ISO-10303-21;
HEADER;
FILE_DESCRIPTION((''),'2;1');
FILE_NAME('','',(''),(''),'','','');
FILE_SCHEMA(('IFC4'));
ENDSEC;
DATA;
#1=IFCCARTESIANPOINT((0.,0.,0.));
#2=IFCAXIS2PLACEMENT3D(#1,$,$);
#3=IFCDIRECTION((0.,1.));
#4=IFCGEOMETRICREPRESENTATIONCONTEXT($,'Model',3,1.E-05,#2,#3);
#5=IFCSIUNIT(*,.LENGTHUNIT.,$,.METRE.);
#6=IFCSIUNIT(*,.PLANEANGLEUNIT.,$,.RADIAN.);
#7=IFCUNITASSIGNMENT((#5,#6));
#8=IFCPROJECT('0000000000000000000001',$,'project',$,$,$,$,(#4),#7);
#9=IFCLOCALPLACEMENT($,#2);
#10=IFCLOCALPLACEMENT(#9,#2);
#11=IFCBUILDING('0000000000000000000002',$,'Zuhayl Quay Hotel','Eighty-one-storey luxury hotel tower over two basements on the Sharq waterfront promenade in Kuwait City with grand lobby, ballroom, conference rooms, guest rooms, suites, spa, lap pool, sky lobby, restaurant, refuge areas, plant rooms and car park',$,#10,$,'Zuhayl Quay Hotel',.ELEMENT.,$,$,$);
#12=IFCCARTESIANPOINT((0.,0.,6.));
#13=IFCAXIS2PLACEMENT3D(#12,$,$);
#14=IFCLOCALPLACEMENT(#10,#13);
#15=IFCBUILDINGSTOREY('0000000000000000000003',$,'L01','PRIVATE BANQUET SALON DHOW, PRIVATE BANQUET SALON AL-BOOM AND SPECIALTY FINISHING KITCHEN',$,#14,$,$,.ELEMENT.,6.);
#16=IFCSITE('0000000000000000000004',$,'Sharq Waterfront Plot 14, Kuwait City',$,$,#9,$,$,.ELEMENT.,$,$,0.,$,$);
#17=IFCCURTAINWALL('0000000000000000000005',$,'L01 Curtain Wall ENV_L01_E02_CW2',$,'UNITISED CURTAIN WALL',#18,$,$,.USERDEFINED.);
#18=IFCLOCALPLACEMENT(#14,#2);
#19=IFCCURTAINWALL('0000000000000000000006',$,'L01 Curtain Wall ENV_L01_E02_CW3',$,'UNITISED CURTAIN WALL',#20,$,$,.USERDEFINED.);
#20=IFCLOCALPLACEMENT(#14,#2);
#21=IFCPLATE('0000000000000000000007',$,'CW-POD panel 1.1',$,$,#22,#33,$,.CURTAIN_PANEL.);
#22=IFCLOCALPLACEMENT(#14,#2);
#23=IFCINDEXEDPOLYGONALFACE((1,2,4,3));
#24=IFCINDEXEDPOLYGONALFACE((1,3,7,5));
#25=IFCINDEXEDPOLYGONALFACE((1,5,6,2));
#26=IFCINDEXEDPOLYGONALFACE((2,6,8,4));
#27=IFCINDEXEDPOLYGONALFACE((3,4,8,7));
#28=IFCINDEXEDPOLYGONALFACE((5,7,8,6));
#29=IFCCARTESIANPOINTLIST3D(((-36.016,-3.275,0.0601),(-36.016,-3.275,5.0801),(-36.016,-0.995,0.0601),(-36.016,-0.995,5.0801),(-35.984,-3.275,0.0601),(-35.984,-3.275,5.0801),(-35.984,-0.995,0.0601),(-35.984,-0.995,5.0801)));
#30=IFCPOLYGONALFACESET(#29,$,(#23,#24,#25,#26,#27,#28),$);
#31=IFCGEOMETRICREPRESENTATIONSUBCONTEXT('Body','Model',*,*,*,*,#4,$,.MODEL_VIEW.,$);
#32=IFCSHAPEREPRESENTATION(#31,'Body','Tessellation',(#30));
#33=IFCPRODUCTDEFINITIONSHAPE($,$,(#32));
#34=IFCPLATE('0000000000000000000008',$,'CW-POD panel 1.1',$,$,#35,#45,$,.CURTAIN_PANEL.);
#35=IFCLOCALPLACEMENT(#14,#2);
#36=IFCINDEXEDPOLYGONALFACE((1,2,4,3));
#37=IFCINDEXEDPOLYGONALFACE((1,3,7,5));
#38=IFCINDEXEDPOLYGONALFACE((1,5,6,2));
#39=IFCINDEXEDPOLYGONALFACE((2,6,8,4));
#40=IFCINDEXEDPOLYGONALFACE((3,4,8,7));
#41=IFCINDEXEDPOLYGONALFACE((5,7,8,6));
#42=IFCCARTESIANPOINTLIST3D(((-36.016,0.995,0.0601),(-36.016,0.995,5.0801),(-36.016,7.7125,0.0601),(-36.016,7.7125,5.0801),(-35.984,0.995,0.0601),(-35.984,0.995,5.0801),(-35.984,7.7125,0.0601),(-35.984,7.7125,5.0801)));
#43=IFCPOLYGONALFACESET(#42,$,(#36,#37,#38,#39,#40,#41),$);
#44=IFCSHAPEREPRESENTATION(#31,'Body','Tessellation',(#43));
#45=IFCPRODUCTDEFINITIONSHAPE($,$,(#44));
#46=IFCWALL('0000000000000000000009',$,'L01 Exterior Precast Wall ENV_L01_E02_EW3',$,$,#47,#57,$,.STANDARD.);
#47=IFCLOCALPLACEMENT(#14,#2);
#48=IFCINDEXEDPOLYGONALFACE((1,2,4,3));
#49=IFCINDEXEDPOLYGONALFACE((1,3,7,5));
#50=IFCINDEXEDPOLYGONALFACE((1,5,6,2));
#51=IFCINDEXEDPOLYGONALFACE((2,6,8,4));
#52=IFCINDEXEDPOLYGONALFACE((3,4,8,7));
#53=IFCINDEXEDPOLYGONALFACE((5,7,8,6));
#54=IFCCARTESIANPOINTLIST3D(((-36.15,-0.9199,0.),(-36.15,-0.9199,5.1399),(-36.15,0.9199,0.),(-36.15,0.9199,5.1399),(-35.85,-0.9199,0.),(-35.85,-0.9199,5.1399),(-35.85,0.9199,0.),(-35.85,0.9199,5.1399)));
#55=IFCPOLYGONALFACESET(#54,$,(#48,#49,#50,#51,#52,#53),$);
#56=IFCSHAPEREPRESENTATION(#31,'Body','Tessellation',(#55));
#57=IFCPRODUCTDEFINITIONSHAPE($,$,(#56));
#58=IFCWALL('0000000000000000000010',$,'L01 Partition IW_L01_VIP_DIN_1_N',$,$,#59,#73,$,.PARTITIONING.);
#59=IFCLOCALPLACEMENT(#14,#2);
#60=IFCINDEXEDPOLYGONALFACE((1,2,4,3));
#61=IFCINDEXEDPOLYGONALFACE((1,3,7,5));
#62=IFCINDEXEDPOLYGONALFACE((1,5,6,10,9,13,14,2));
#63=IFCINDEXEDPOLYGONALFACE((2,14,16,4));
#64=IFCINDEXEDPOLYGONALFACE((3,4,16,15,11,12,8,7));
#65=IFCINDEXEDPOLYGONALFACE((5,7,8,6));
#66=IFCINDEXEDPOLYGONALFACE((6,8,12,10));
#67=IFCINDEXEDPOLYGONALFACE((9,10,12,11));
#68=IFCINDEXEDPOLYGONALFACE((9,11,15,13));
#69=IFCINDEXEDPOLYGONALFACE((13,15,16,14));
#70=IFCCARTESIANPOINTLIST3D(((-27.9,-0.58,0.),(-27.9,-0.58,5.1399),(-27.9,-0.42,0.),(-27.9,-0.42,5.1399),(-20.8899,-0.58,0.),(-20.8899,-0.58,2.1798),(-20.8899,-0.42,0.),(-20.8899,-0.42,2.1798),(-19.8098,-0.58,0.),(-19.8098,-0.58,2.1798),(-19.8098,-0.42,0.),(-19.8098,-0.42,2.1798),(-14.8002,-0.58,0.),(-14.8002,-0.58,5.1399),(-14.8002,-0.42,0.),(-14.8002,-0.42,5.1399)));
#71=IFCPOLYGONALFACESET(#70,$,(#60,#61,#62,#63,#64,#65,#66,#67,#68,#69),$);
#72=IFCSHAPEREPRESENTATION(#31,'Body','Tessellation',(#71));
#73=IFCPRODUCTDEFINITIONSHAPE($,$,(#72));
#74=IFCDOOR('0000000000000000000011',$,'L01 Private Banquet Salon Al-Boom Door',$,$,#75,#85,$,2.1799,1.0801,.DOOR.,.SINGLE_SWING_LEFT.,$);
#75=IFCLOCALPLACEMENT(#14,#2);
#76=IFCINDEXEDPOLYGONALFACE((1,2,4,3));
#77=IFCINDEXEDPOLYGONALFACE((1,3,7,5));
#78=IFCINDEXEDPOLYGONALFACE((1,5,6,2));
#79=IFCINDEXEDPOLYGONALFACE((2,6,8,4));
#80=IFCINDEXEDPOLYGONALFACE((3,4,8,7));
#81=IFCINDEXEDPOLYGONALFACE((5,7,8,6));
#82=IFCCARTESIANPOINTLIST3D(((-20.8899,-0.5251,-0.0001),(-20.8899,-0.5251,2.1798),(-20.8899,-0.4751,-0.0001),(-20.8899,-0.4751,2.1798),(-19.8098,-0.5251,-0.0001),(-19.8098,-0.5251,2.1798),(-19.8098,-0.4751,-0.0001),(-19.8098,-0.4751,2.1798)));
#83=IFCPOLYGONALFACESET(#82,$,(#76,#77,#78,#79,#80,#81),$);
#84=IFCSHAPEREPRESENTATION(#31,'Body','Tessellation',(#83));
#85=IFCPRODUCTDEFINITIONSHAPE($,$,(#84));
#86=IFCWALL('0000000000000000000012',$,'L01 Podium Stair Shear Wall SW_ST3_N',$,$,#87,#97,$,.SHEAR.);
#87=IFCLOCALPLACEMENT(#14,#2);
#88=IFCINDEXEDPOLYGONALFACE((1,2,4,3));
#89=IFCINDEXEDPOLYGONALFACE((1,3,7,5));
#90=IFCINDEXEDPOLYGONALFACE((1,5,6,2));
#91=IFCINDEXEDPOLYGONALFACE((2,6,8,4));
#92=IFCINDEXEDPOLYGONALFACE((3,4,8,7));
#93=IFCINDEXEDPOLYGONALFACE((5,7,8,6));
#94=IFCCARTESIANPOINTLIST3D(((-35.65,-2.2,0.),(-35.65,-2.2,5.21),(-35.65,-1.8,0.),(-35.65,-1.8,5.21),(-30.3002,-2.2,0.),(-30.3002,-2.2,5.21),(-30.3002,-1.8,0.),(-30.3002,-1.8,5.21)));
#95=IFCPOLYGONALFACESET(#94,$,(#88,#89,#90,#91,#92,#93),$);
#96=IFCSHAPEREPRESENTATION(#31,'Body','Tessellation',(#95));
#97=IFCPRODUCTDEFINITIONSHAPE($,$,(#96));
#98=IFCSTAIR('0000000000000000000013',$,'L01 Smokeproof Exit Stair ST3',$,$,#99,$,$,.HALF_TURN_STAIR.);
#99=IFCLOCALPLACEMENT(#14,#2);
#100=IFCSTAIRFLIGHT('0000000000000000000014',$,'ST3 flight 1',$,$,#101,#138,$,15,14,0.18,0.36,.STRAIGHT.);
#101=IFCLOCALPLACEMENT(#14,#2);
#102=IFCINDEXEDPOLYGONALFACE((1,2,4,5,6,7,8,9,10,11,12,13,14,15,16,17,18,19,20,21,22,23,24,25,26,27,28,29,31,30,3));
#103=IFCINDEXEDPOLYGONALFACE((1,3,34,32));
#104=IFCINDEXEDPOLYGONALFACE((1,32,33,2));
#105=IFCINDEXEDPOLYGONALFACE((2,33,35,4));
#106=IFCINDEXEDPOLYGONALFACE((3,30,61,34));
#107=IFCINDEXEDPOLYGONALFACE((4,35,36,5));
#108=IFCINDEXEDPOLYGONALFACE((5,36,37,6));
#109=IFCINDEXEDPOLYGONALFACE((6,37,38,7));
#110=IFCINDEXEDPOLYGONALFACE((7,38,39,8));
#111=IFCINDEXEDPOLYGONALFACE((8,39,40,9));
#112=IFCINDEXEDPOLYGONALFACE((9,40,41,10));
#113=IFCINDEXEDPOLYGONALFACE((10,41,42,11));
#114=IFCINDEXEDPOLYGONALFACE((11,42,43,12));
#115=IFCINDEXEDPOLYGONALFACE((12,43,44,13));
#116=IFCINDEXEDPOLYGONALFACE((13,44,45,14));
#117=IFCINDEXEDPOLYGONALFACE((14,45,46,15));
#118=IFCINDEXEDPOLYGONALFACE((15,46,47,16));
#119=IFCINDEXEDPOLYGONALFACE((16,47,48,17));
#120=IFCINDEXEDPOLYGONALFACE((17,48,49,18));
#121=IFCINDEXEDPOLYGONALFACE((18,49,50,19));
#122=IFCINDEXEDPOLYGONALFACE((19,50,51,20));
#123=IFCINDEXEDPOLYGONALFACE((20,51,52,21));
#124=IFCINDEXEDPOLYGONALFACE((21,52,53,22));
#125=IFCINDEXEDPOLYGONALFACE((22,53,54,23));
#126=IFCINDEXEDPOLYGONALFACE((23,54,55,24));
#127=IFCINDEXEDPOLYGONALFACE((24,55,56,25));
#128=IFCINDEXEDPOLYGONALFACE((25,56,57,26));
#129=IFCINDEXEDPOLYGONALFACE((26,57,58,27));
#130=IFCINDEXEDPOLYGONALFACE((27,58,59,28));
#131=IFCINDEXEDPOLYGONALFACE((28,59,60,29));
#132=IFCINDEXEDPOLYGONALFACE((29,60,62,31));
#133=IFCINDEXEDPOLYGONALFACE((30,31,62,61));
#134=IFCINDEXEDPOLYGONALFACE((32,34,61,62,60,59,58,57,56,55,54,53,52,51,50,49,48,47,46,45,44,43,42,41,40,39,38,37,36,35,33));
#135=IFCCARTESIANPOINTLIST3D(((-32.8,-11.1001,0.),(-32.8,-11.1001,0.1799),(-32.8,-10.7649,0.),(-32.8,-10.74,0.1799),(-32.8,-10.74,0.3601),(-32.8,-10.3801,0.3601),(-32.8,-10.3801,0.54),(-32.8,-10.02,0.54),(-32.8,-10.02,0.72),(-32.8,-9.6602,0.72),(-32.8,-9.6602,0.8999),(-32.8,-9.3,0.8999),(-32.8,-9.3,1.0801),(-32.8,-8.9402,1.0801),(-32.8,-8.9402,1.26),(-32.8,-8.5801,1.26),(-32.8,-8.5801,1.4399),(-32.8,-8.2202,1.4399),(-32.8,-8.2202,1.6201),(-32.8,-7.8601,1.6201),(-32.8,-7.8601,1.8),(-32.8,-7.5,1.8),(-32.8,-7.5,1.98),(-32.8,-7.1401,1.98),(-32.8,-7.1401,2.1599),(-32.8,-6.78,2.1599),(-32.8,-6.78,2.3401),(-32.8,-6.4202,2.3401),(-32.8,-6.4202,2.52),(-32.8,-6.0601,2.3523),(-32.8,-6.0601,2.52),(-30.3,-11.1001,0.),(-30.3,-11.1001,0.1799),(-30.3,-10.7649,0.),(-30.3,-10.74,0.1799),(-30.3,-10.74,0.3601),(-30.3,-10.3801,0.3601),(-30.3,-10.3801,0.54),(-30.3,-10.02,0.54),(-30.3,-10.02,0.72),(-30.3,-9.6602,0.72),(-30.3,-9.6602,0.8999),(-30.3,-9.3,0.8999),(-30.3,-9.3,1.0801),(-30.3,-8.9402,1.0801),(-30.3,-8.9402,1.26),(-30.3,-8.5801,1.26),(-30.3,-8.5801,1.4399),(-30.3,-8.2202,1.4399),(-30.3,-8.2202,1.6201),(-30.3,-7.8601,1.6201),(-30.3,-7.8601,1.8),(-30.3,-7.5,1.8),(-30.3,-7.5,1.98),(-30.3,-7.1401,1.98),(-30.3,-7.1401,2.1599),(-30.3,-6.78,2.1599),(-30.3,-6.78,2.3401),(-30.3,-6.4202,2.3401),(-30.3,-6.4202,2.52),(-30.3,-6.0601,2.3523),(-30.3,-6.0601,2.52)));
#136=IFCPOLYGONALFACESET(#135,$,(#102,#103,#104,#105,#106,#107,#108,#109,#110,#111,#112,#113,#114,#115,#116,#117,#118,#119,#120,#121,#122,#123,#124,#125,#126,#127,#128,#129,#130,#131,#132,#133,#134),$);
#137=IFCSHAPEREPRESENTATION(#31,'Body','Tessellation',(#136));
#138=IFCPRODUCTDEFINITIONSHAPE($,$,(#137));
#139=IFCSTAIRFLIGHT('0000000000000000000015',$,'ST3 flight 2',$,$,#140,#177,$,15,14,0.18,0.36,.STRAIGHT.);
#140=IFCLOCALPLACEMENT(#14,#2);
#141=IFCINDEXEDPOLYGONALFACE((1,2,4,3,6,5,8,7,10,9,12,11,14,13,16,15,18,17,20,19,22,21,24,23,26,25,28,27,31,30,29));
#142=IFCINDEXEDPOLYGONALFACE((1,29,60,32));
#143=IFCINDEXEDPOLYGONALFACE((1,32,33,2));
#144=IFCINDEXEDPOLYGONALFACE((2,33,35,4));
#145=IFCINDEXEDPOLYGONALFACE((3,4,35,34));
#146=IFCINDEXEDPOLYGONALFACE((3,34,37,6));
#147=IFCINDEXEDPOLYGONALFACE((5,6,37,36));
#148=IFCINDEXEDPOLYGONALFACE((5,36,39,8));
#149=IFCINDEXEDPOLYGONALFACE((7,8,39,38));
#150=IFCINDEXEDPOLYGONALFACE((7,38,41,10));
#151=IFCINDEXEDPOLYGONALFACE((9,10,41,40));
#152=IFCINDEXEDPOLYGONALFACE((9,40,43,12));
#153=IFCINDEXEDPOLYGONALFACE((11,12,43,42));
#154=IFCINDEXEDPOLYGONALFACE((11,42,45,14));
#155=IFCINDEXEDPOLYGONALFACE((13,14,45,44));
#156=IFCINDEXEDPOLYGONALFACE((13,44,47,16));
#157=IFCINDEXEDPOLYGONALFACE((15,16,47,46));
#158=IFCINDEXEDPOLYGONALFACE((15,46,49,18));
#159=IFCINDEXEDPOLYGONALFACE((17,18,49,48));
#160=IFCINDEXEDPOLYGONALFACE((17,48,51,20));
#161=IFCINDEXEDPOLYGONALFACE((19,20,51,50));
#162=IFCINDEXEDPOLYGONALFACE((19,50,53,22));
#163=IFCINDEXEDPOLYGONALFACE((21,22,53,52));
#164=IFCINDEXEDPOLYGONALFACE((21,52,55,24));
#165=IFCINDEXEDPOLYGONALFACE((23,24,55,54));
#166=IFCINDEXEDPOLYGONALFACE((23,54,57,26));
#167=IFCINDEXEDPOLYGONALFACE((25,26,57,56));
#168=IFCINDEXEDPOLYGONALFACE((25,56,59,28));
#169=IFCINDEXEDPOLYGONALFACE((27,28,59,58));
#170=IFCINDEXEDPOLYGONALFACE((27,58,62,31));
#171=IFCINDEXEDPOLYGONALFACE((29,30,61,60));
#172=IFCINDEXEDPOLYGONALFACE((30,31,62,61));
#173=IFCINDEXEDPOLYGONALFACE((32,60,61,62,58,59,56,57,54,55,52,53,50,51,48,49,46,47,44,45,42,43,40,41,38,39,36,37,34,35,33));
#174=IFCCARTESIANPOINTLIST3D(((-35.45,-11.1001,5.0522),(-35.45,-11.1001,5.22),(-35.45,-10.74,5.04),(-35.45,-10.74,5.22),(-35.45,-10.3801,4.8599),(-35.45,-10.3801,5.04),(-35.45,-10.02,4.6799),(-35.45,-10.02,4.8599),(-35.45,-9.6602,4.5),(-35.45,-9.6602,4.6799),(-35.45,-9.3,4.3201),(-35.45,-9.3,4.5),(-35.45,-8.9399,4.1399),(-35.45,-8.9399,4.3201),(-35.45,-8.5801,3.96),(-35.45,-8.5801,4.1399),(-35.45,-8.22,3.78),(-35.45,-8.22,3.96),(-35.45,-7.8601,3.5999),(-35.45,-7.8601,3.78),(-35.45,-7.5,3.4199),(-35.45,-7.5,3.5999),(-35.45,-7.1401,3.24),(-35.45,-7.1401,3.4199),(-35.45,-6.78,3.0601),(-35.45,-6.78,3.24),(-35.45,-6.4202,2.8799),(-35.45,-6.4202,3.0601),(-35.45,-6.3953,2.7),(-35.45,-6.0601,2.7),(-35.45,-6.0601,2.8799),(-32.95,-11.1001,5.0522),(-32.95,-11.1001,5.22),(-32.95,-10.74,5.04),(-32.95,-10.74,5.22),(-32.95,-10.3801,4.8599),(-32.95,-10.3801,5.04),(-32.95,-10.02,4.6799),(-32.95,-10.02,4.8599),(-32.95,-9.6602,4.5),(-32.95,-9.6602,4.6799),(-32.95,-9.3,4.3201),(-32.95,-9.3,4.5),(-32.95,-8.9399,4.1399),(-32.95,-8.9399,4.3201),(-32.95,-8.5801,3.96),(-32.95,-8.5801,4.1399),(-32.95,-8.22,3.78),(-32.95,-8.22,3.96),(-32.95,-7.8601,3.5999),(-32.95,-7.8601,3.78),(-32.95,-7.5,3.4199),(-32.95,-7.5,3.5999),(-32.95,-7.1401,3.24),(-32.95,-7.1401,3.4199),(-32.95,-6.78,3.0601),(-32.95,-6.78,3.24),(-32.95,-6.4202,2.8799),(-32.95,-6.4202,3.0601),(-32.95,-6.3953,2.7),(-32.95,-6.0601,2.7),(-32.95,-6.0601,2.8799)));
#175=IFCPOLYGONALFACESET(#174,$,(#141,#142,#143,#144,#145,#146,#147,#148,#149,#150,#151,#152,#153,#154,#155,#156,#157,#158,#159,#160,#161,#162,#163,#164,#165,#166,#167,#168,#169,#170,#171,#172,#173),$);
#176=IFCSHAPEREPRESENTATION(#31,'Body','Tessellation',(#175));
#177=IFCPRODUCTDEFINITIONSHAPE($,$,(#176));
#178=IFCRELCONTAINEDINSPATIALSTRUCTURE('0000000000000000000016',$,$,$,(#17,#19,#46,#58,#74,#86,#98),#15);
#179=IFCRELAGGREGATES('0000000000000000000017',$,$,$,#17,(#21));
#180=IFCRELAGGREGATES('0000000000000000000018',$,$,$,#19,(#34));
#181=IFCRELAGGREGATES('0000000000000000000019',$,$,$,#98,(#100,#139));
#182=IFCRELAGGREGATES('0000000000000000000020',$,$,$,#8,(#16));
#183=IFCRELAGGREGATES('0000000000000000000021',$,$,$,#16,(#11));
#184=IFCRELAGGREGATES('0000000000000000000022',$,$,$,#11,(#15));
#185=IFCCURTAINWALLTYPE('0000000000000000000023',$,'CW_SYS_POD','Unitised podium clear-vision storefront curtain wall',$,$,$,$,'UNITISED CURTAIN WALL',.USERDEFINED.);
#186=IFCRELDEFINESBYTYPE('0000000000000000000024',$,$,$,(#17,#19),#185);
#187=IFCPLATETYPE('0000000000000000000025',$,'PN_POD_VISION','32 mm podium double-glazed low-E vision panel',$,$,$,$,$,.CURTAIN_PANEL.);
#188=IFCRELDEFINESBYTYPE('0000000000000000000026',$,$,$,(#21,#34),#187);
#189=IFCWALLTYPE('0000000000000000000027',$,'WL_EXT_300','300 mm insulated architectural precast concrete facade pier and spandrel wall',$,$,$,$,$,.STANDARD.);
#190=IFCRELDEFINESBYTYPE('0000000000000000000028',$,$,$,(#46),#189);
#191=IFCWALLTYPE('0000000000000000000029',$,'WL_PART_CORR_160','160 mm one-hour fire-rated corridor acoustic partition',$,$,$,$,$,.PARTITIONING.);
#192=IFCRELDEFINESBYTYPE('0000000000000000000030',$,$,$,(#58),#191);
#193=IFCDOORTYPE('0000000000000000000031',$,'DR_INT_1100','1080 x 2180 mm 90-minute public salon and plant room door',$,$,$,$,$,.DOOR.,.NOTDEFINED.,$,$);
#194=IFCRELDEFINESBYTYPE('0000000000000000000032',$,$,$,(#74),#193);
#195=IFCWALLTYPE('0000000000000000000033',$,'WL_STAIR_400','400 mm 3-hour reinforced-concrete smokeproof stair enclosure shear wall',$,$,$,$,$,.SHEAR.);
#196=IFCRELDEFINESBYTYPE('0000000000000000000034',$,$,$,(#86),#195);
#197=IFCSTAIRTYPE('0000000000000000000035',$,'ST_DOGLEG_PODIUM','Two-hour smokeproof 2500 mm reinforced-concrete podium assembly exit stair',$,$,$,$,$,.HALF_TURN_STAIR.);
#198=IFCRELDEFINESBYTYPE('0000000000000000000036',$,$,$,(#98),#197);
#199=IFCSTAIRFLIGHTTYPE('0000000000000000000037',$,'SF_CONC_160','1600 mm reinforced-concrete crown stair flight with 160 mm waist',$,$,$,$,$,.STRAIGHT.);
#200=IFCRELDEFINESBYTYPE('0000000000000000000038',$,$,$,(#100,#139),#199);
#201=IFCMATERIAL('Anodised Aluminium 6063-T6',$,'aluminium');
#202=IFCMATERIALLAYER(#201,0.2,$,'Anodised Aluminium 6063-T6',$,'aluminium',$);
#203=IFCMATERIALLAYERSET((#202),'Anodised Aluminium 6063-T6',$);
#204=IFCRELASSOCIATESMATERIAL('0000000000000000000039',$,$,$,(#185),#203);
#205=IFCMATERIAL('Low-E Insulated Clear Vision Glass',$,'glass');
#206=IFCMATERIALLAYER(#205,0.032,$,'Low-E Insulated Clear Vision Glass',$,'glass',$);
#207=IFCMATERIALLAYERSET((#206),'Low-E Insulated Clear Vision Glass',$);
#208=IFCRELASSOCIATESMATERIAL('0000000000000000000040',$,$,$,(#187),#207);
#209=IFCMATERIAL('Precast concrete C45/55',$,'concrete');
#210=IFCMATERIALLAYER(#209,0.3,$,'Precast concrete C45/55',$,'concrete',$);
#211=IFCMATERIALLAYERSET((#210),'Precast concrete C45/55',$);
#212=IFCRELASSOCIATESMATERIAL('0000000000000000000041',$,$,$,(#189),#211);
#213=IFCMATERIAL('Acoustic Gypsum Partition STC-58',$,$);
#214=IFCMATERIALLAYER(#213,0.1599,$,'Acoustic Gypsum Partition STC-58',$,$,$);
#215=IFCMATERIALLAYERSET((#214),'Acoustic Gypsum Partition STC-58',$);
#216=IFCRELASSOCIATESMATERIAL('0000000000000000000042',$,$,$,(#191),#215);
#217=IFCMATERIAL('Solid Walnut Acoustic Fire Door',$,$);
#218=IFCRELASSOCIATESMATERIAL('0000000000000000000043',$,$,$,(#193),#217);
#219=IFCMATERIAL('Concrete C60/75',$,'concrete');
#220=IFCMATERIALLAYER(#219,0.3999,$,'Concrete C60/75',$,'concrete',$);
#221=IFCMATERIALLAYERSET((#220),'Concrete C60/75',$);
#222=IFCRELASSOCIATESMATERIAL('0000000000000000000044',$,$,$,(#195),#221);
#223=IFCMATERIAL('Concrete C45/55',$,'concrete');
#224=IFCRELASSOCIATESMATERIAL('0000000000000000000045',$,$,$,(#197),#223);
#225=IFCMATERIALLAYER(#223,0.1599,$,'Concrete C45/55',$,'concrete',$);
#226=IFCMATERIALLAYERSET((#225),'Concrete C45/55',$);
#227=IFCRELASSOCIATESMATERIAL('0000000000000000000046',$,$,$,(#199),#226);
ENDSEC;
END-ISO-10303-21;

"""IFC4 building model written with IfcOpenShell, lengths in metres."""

from ifc_helpers import new_model, si_unit, direction, frame, frame_2d, origin, origin_2d, place, context, subcontext, project, spatial, polyline, rectangle, outline, extrude, material, layer, layer_set, type_object, element, fill, aggregate, save


model = new_model("IFC4")

# Units and contexts
model_context = context("Model", 3, precision=1e-05, world=origin(), true_north=direction((0.0, 1.0)))
body_context = subcontext(model_context, "Body", "Model", "MODEL_VIEW")
ifc_project = project(units=[si_unit("LENGTHUNIT", "METRE"), si_unit("PLANEANGLEUNIT", "RADIAN")], contexts=[model_context])

# Site, building, storey
site_placement = place(None, origin())
site = spatial("IfcSite", under=ifc_project, at=site_placement, Name="Sharq Waterfront Plot 14, Kuwait City", CompositionType="ELEMENT", RefElevation=0.0)
building_placement = place(site_placement, origin())
building = spatial("IfcBuilding", under=site, at=building_placement, Name="Zuhayl Quay Hotel", Description="Eighty-one-storey luxury hotel tower over two basements on the Sharq waterfront promenade in Kuwait City with grand lobby, ballroom, conference rooms, guest rooms, suites, spa, lap pool, sky lobby, restaurant, refuge areas, plant rooms and car park", LongName="Zuhayl Quay Hotel", CompositionType="ELEMENT")
storey_placement = place(building_placement, frame((0.0, 0.0, 6.0)))
storey = spatial("IfcBuildingStorey", under=building, at=storey_placement, Name="L01", Description="PRIVATE BANQUET SALON DHOW, PRIVATE BANQUET SALON AL-BOOM AND SPECIALTY FINISHING KITCHEN", CompositionType="ELEMENT", Elevation=6.0)

# Curtain wall
ifc_material_1 = material(Name="Anodised Aluminium 6063-T6", Category="aluminium")
ifc_layer_1 = layer(ifc_material_1, 0.2, Name="Anodised Aluminium 6063-T6", Category="aluminium")
ifc_layer_set_1 = layer_set([ifc_layer_1], Name="Anodised Aluminium 6063-T6")
curtain_wall_type = type_object("IfcCurtainWallType", Name="CW_SYS_POD", Description="Unitised podium clear-vision storefront curtain wall", ElementType="UNITISED CURTAIN WALL", PredefinedType="USERDEFINED", material=ifc_layer_set_1)
curtain_wall_1_placement = place(storey_placement, origin())
curtain_wall_1 = element("IfcCurtainWall", 1, at=curtain_wall_1_placement, inside=storey, type_object=curtain_wall_type, Name="L01 Curtain Wall ENV_L01_E02_CW2", ObjectType="UNITISED CURTAIN WALL", PredefinedType="USERDEFINED")

# Curtain wall
curtain_wall_2_placement = place(storey_placement, origin())
curtain_wall_2 = element("IfcCurtainWall", 2, at=curtain_wall_2_placement, inside=storey, type_object=curtain_wall_type, Name="L01 Curtain Wall ENV_L01_E02_CW3", ObjectType="UNITISED CURTAIN WALL", PredefinedType="USERDEFINED")

# Plates
ifc_material_2 = material(Name="Low-E Insulated Clear Vision Glass", Category="glass")
ifc_layer_2 = layer(ifc_material_2, 0.032, Name="Low-E Insulated Clear Vision Glass", Category="glass")
ifc_layer_set_2 = layer_set([ifc_layer_2], Name="Low-E Insulated Clear Vision Glass")
plate_type = type_object("IfcPlateType", Name="PN_POD_VISION", Description="32 mm podium double-glazed low-E vision panel", PredefinedType="CURTAIN_PANEL", material=ifc_layer_set_2)
plate_1_placement = place(storey_placement, frame((-36.0, -2.135, 0.0601), z_axis=(0.0, 0.0, 1.0), x_axis=(0.0, 1.0, 0.0)))
plate_1 = element("IfcPlate", 3, at=plate_1_placement, type_object=plate_type, Name="CW-POD panel 1.1", PredefinedType="CURTAIN_PANEL", context=body_context, shape_type="SweptSolid", body=[
    extrude(rectangle(XDim=2.28, YDim=0.032, at=origin_2d()), origin(), (0.0, 0.0, 1.0), 5.02),
])
aggregate(curtain_wall_1, [plate_1])
plate_2_placement = place(storey_placement, frame((-36.0, 4.3538, 0.0601), z_axis=(0.0, 0.0, 1.0), x_axis=(0.0, 1.0, 0.0)))
plate_2 = element("IfcPlate", 4, at=plate_2_placement, type_object=plate_type, Name="CW-POD panel 1.1", PredefinedType="CURTAIN_PANEL", context=body_context, shape_type="SweptSolid", body=[
    extrude(rectangle(XDim=6.7175, YDim=0.032, at=origin_2d()), origin(), (0.0, 0.0, 1.0), 5.02),
])
aggregate(curtain_wall_2, [plate_2])

# Wall
ifc_material_3 = material(Name="Precast concrete C45/55", Category="concrete")
ifc_layer_3 = layer(ifc_material_3, 0.3, Name="Precast concrete C45/55", Category="concrete")
ifc_layer_set_3 = layer_set([ifc_layer_3], Name="Precast concrete C45/55")
wall_type_1 = type_object("IfcWallType", Name="WL_EXT_300", Description="300 mm insulated architectural precast concrete facade pier and spandrel wall", PredefinedType="STANDARD", material=ifc_layer_set_3)
wall_1_placement = place(storey_placement, frame((-36.0, -0.9199, 0.0), z_axis=(0.0, 0.0, 1.0), x_axis=(0.0, 1.0, 0.0)))
element("IfcWall", 5, at=wall_1_placement, inside=storey, type_object=wall_type_1, Name="L01 Exterior Precast Wall ENV_L01_E02_EW3", PredefinedType="STANDARD", context=body_context, shape_type="SweptSolid", body=[
    extrude(rectangle(XDim=1.8398, YDim=0.3, at=frame_2d((0.9199, 0.0))), origin(), (0.0, 0.0, 1.0), 5.1399),
])

# Wall, opening, door
ifc_material_4 = material(Name="Acoustic Gypsum Partition STC-58")
ifc_layer_4 = layer(ifc_material_4, 0.1599, Name="Acoustic Gypsum Partition STC-58")
ifc_layer_set_4 = layer_set([ifc_layer_4], Name="Acoustic Gypsum Partition STC-58")
wall_type_2 = type_object("IfcWallType", Name="WL_PART_CORR_160", Description="160 mm one-hour fire-rated corridor acoustic partition", PredefinedType="PARTITIONING", material=ifc_layer_set_4)
wall_2_placement = place(storey_placement, frame((-27.8999, -0.5, 0.0), z_axis=(0.0, 0.0, 1.0), x_axis=(1.0, 0.0, 0.0)))
wall_2 = element("IfcWall", 6, at=wall_2_placement, inside=storey, type_object=wall_type_2, Name="L01 Partition IW_L01_VIP_DIN_1_N", PredefinedType="PARTITIONING", context=body_context, shape_type="SweptSolid", body=[
    extrude(rectangle(XDim=13.0999, YDim=0.1599, at=frame_2d((6.5498, 0.0))), origin(), (0.0, 0.0, 1.0), 5.1399),
])
opening_placement = place(wall_2_placement, frame((7.01, 0.0, 0.0)))
opening = element("IfcOpeningElement", 7, at=opening_placement, cuts=wall_2, PredefinedType="OPENING", context=body_context, shape_type="SweptSolid", body=[
    extrude(rectangle(XDim=1.0801, YDim=2.1799, at=frame_2d((0.54, 1.0898))), frame((0.0, 0.0898, 0.0), z_axis=(0.0, -1.0, 0.0), x_axis=(1.0, 0.0, 0.0)), (0.0, 0.0, 1.0), 0.1799),
])
ifc_material_5 = material(Name="Solid Walnut Acoustic Fire Door")
door_type = type_object("IfcDoorType", Name="DR_INT_1100", Description="1080 x 2180 mm 90-minute public salon and plant room door", OperationType="NOTDEFINED", PredefinedType="DOOR", material=ifc_material_5)
door_placement = place(opening_placement, origin())
door = element("IfcDoor", 8, at=door_placement, inside=storey, type_object=door_type, Name="L01 Private Banquet Salon Al-Boom Door", OperationType="SINGLE_SWING_LEFT", OverallHeight=2.1799, OverallWidth=1.0801, PredefinedType="DOOR", context=body_context, shape_type="SweptSolid", body=[
    extrude(rectangle(XDim=1.0801, YDim=2.1799, at=frame_2d((0.54, 1.0898))), frame((0.0, 0.0249, 0.0), z_axis=(0.0, -1.0, 0.0), x_axis=(1.0, 0.0, 0.0)), (0.0, 0.0, 1.0), 0.05),
])
fill(opening, door)

# Wall
ifc_material_6 = material(Name="Concrete C60/75", Category="concrete")
ifc_layer_5 = layer(ifc_material_6, 0.3999, Name="Concrete C60/75", Category="concrete")
ifc_layer_set_5 = layer_set([ifc_layer_5], Name="Concrete C60/75")
wall_type_3 = type_object("IfcWallType", Name="WL_STAIR_400", Description="400 mm 3-hour reinforced-concrete smokeproof stair enclosure shear wall", PredefinedType="SHEAR", material=ifc_layer_set_5)
wall_3_placement = place(storey_placement, frame((-35.6499, -2.0, 0.0), z_axis=(0.0, 0.0, 1.0), x_axis=(1.0, 0.0, 0.0)))
element("IfcWall", 9, at=wall_3_placement, inside=storey, type_object=wall_type_3, Name="L01 Podium Stair Shear Wall SW_ST3_N", PredefinedType="SHEAR", context=body_context, shape_type="SweptSolid", body=[
    extrude(rectangle(XDim=5.3499, YDim=0.3999, at=frame_2d((2.6748, 0.0))), origin(), (0.0, 0.0, 1.0), 5.21),
])

# Stair, stair flights
ifc_material_7 = material(Name="Concrete C45/55", Category="concrete")
stair_type = type_object("IfcStairType", Name="ST_DOGLEG_PODIUM", Description="Two-hour smokeproof 2500 mm reinforced-concrete podium assembly exit stair", PredefinedType="HALF_TURN_STAIR", material=ifc_material_7)
stair_placement = place(storey_placement, origin())
stair = element("IfcStair", 10, at=stair_placement, inside=storey, type_object=stair_type, Name="L01 Smokeproof Exit Stair ST3", PredefinedType="HALF_TURN_STAIR")
ifc_layer_6 = layer(ifc_material_7, 0.1599, Name="Concrete C45/55", Category="concrete")
ifc_layer_set_6 = layer_set([ifc_layer_6], Name="Concrete C45/55")
stair_flight_type = type_object("IfcStairFlightType", Name="SF_CONC_160", Description="1600 mm reinforced-concrete crown stair flight with 160 mm waist", PredefinedType="STRAIGHT", material=ifc_layer_set_6)
stair_flight_1_placement = place(storey_placement, frame((-31.55, -11.1001, 0.0), z_axis=(0.0, 0.0, 1.0), x_axis=(0.0, 1.0, 0.0)))
stair_flight_1 = element("IfcStairFlight", 11, at=stair_flight_1_placement, type_object=stair_flight_type, Name="ST3 flight 1", NumberOfRisers=15, NumberOfTreads=14, PredefinedType="STRAIGHT", RiserHeight=0.18, TreadLength=0.36, context=body_context, shape_type="SweptSolid", body=[
    extrude(outline(polyline([(0.0, 0.0), (0.0, 0.1799), (0.3601, 0.1799), (0.3601, 0.3601), (0.72, 0.3601), (0.72, 0.54), (1.0801, 0.54), (1.0801, 0.72), (1.4399, 0.72), (1.4399, 0.8999), (1.8, 0.8999), (1.8, 1.0801), (2.1599, 1.0801), (2.1599, 1.26), (2.52, 1.26), (2.52, 1.4399), (2.8799, 1.4399), (2.8799, 1.6201), (3.24, 1.6201), (3.24, 1.8), (3.6001, 1.8), (3.6001, 1.98), (3.96, 1.98), (3.96, 2.1599), (4.3201, 2.1599), (4.3201, 2.3401), (4.6799, 2.3401), (4.6799, 2.52), (5.04, 2.52), (5.04, 2.7), (5.04, 2.3523), (0.3352, 0.0), (0.0, 0.0)])), frame((0.0, 1.25, 0.0), z_axis=(0.0, -1.0, 0.0), x_axis=(1.0, 0.0, 0.0)), (0.0, 0.0, 1.0), 2.5),
])
stair_flight_2_placement = place(storey_placement, frame((-34.2, -6.0601, 2.7), z_axis=(0.0, 0.0, 1.0), x_axis=(0.0, -1.0, 0.0)))
stair_flight_2 = element("IfcStairFlight", 12, at=stair_flight_2_placement, type_object=stair_flight_type, Name="ST3 flight 2", NumberOfRisers=15, NumberOfTreads=14, PredefinedType="STRAIGHT", RiserHeight=0.18, TreadLength=0.36, context=body_context, shape_type="SweptSolid", body=[
    extrude(outline(polyline([(0.0, 0.0), (0.0, 0.1799), (0.3601, 0.1799), (0.3601, 0.3601), (0.72, 0.3601), (0.72, 0.54), (1.0801, 0.54), (1.0801, 0.72), (1.4399, 0.72), (1.4399, 0.8999), (1.8, 0.8999), (1.8, 1.0801), (2.1599, 1.0801), (2.1599, 1.26), (2.52, 1.26), (2.52, 1.4399), (2.8799, 1.4399), (2.8799, 1.6201), (3.24, 1.6201), (3.24, 1.8), (3.6001, 1.8), (3.6001, 1.98), (3.96, 1.98), (3.96, 2.1599), (4.3201, 2.1599), (4.3201, 2.3401), (4.6799, 2.3401), (4.6799, 2.52), (5.04, 2.52), (5.04, 2.7), (5.04, 2.3523), (0.3352, 0.0), (0.0, 0.0)])), frame((0.0, 1.25, 0.0), z_axis=(0.0, -1.0, 0.0), x_axis=(1.0, 0.0, 0.0)), (0.0, 0.0, 1.0), 2.5),
])
aggregate(stair, [stair_flight_1, stair_flight_2])

save(model, "model.ifc")
